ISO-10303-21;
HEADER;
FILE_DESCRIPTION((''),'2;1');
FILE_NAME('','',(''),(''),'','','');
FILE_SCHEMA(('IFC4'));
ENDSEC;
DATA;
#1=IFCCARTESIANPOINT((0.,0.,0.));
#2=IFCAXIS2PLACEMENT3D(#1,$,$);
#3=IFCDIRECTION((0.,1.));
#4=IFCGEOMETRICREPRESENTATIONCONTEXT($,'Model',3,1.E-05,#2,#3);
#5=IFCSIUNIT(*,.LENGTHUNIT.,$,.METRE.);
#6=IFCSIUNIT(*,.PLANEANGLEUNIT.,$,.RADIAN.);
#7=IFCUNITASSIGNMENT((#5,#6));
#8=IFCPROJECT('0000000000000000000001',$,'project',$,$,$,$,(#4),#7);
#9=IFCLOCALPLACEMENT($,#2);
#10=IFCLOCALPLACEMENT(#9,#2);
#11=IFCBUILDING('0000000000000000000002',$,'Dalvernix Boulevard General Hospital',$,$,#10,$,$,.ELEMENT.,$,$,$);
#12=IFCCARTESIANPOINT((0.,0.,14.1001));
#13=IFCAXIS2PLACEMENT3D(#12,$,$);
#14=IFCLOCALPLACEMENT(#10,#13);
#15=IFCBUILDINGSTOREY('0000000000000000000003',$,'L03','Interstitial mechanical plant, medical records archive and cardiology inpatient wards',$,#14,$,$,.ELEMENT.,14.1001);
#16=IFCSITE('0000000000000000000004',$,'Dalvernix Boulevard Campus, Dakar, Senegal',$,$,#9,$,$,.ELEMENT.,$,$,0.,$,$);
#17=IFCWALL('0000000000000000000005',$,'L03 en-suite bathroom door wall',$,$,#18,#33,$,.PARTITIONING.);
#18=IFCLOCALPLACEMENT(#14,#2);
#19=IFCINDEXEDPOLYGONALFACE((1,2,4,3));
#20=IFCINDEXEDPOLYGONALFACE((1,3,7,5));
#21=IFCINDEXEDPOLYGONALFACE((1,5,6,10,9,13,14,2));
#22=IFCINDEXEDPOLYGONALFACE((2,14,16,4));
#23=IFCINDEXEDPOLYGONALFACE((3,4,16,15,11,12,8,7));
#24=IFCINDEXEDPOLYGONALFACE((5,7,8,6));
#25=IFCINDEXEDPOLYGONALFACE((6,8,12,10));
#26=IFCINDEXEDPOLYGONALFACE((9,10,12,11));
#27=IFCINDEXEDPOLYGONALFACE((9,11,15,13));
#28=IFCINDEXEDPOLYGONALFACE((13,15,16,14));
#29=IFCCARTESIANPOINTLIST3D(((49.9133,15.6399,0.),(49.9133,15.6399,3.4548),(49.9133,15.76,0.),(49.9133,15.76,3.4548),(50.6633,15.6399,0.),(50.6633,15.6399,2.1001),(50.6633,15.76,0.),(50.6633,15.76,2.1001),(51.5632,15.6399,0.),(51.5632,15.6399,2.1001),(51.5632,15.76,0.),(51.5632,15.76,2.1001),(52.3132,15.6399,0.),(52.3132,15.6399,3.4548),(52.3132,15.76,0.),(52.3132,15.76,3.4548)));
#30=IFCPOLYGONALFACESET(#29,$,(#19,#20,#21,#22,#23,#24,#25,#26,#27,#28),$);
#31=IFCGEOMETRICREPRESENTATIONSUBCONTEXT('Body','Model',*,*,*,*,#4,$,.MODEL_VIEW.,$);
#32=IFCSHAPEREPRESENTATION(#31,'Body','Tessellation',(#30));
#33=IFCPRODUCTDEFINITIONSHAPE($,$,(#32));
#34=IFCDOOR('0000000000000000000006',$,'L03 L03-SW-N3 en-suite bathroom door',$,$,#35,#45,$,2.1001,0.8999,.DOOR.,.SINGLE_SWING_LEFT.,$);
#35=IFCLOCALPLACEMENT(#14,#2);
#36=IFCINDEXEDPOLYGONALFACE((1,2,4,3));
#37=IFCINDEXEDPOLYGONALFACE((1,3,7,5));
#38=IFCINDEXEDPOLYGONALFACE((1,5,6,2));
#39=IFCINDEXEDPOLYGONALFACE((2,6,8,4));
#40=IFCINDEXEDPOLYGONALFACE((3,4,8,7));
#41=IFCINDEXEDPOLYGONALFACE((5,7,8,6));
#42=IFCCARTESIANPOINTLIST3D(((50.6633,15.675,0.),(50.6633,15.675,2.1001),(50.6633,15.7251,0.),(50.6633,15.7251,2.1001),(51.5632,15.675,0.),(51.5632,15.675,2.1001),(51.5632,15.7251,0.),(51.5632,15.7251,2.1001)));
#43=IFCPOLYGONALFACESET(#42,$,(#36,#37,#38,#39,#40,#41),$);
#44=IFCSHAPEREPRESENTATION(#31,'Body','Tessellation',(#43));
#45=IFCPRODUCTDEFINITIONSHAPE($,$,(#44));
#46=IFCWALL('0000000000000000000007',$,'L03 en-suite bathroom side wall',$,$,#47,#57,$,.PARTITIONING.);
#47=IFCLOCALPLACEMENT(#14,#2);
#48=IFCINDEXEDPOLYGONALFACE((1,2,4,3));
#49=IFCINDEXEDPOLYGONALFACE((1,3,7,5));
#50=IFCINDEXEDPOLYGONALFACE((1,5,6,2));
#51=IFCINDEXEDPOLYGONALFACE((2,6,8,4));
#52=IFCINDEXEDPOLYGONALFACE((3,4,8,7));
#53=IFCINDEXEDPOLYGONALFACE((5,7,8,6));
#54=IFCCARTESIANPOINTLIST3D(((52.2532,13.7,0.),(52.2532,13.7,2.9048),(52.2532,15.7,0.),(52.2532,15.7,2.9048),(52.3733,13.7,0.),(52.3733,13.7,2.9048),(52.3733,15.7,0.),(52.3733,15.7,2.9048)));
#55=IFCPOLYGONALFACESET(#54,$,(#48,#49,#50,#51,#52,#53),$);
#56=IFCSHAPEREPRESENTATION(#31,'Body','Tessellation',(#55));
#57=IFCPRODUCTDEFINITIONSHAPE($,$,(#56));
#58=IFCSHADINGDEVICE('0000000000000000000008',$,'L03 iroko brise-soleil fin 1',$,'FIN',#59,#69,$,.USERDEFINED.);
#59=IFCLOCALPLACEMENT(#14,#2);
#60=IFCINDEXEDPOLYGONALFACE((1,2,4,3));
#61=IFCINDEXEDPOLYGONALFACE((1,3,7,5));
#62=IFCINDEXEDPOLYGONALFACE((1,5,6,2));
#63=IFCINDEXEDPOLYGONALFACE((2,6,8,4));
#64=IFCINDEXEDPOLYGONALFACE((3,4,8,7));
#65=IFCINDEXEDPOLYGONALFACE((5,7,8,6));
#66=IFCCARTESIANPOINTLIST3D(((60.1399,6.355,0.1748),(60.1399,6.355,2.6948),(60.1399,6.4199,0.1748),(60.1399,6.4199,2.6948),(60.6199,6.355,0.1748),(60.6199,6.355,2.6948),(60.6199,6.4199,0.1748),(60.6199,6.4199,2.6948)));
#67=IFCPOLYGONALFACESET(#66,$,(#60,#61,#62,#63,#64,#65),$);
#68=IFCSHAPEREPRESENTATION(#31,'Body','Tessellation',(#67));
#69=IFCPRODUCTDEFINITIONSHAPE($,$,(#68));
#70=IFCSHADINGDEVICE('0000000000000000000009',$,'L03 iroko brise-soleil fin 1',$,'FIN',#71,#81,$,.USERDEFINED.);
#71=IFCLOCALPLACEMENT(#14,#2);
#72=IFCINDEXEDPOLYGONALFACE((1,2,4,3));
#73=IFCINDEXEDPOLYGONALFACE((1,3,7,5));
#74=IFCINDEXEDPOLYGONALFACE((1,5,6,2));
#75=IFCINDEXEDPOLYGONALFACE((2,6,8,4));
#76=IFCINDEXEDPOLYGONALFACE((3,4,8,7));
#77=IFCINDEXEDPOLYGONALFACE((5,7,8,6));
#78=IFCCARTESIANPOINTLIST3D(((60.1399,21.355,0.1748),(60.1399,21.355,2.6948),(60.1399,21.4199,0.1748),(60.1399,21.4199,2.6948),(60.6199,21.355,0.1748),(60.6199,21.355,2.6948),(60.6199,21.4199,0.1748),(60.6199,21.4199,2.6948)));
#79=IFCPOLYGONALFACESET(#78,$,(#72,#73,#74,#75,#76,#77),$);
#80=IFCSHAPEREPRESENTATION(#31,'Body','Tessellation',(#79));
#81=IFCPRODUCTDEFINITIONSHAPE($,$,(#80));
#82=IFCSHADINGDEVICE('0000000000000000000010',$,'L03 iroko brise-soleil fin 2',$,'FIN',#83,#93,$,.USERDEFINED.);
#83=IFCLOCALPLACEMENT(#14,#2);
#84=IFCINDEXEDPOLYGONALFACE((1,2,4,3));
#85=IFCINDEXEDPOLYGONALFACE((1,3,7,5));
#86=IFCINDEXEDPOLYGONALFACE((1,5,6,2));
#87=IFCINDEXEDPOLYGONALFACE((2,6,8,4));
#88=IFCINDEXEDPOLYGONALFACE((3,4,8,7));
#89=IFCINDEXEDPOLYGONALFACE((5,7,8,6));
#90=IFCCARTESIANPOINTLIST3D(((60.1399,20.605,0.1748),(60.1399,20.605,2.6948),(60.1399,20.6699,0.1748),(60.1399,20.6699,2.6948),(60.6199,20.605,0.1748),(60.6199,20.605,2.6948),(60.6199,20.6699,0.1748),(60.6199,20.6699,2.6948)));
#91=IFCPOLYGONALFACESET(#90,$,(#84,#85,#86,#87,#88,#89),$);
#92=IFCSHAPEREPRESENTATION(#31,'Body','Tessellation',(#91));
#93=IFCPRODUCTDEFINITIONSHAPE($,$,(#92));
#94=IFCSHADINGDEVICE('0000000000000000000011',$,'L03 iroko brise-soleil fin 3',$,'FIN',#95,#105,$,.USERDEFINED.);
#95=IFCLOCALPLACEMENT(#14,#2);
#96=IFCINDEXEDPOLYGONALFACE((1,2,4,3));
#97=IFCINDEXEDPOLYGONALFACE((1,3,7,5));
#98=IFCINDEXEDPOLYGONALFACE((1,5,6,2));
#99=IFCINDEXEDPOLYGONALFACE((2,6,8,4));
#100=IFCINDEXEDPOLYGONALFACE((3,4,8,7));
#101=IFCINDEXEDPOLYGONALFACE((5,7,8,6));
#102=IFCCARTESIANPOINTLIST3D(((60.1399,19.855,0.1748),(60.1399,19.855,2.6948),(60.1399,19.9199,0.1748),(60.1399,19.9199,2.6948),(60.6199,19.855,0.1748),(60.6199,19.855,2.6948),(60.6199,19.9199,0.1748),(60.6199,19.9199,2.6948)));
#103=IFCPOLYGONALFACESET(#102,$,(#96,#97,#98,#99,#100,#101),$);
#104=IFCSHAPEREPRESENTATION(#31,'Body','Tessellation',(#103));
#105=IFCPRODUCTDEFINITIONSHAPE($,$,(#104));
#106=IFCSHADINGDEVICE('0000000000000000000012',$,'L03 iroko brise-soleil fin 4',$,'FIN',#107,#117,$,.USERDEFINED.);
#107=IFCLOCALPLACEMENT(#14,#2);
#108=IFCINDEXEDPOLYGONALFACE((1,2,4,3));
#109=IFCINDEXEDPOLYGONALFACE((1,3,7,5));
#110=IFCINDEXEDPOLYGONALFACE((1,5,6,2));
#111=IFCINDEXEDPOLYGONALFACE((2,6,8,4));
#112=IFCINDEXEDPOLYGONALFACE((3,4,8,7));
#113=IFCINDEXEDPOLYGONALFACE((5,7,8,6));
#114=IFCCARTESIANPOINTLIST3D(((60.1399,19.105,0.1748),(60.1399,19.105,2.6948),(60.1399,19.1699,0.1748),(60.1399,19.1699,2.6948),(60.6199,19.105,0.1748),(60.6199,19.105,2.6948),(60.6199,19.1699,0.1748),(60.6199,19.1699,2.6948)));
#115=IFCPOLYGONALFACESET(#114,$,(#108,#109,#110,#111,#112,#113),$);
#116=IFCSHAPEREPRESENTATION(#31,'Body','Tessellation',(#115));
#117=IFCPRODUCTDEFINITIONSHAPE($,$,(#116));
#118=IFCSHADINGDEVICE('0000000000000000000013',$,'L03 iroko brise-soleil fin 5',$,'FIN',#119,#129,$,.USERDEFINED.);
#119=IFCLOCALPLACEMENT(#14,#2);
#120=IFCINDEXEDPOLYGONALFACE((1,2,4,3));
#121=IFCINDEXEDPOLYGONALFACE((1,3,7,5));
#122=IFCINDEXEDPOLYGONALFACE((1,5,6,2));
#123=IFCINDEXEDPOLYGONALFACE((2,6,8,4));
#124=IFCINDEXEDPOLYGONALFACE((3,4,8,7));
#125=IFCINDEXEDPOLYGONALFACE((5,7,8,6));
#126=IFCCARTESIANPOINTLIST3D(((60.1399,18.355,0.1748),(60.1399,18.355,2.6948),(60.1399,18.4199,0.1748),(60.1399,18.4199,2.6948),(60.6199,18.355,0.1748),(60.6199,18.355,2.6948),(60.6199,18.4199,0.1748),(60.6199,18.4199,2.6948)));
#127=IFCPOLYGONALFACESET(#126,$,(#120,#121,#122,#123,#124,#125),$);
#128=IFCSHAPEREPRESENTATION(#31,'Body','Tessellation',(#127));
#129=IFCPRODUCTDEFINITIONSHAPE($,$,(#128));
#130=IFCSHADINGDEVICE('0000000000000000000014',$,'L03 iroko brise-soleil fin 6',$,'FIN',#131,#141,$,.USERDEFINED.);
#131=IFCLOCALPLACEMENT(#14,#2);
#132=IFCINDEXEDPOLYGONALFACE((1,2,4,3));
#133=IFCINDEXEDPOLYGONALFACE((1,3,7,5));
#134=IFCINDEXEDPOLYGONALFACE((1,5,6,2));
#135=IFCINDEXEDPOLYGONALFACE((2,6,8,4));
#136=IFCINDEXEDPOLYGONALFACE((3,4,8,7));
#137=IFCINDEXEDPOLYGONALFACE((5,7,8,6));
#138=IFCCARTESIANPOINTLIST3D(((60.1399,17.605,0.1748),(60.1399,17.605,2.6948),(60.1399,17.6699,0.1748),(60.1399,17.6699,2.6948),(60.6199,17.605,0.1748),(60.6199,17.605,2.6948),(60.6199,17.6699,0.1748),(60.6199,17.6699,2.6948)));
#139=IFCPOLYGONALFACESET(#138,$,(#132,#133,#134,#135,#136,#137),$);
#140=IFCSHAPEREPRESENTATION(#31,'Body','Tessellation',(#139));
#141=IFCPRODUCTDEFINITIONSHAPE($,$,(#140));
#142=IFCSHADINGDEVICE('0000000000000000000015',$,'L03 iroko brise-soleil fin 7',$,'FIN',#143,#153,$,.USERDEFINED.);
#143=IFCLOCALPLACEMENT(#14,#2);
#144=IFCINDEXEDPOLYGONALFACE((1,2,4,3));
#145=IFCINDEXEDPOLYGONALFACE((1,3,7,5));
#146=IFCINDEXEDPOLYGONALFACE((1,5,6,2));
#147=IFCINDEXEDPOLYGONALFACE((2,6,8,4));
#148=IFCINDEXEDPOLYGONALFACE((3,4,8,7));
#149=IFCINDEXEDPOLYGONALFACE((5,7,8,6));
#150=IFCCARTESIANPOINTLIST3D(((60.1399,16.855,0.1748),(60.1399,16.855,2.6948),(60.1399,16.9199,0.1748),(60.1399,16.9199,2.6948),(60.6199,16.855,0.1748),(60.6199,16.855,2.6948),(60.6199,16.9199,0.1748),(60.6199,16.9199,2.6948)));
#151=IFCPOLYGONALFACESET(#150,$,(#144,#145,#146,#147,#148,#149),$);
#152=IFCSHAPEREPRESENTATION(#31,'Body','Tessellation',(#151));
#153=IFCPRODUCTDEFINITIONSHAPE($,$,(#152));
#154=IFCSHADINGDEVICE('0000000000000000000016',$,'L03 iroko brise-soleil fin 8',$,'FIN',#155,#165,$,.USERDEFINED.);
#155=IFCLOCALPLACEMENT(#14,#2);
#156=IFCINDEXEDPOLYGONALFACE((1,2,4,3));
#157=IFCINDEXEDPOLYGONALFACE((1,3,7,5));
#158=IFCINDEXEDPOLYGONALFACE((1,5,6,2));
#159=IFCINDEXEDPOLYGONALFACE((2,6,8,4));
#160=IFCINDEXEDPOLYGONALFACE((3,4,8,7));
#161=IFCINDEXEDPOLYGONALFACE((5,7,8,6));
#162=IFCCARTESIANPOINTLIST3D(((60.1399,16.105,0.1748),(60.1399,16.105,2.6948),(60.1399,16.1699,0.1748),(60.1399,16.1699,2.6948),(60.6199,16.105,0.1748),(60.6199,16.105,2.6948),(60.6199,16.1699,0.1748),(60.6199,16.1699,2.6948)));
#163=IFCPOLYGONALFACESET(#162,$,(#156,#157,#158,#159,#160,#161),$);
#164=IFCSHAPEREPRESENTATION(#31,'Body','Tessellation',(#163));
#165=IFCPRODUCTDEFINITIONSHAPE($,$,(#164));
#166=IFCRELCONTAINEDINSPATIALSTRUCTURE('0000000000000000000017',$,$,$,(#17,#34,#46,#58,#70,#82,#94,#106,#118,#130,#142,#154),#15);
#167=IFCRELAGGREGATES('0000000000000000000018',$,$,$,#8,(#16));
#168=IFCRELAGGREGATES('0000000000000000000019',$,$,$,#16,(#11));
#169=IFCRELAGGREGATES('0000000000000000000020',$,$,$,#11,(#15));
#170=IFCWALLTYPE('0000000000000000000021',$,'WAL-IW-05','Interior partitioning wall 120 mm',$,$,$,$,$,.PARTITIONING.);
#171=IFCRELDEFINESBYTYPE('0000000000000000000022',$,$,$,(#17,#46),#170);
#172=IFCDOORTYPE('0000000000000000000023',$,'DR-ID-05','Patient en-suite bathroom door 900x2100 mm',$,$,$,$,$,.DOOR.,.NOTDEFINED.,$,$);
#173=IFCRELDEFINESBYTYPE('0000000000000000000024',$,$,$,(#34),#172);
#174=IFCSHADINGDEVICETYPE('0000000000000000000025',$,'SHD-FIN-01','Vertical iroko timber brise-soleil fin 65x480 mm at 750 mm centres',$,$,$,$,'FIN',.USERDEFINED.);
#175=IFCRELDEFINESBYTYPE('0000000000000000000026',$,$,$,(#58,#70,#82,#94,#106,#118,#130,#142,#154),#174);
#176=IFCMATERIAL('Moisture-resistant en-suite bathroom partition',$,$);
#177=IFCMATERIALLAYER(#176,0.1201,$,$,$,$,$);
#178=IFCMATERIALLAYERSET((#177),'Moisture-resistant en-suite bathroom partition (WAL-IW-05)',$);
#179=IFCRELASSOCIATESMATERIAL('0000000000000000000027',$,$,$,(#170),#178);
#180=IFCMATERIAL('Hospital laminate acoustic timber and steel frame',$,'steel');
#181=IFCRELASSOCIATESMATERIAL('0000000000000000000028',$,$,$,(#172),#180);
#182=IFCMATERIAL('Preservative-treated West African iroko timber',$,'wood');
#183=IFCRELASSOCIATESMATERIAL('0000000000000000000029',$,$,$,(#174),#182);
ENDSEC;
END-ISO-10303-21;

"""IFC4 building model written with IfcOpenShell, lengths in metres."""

from ifc_helpers import new_model, si_unit, direction, frame, frame_2d, origin, origin_2d, place, context, subcontext, project, spatial, rectangle, extrude, material, layer, layer_set, type_object, element, fill, save


model = new_model("IFC4")

# Units and contexts
model_context = context("Model", 3, precision=1e-05, world=origin(), true_north=direction((0.0, 1.0)))
body_context = subcontext(model_context, "Body", "Model", "MODEL_VIEW")
ifc_project = project(units=[si_unit("LENGTHUNIT", "METRE"), si_unit("PLANEANGLEUNIT", "RADIAN")], contexts=[model_context])

# Site, building, storey
site_placement = place(None, origin())
site = spatial("IfcSite", under=ifc_project, at=site_placement, Name="Dalvernix Boulevard Campus, Dakar, Senegal", CompositionType="ELEMENT", RefElevation=0.0)
building_placement = place(site_placement, origin())
building = spatial("IfcBuilding", under=site, at=building_placement, Name="Dalvernix Boulevard General Hospital", CompositionType="ELEMENT")
storey_placement = place(building_placement, frame((0.0, 0.0, 14.1001)))
storey = spatial("IfcBuildingStorey", under=building, at=storey_placement, Name="L03", Description="Interstitial mechanical plant, medical records archive and cardiology inpatient wards", CompositionType="ELEMENT", Elevation=14.1001)

# Shared definitions
ifc_material_1 = material(Name="Hospital laminate acoustic timber and steel frame", Category="steel")

# Shared definitions
ifc_material_2 = material(Name="Moisture-resistant en-suite bathroom partition")
ifc_layer_1 = layer(ifc_material_2, 0.1201)
ifc_layer_set_1 = layer_set([ifc_layer_1], Name="Moisture-resistant en-suite bathroom partition (WAL-IW-05)")
wall_type_1 = type_object("IfcWallType", Name="WAL-IW-05", Description="Interior partitioning wall 120 mm", PredefinedType="PARTITIONING", material=ifc_layer_set_1)

# Wall, opening, door
wall_1_placement = place(storey_placement, frame((52.3132, 15.7, 0.0), z_axis=(0.0, 0.0, 1.0), x_axis=(-1.0, 0.0, 0.0)))
wall_1 = element("IfcWall", 1, at=wall_1_placement, inside=storey, type_object=wall_type_1, Name="L03 en-suite bathroom door wall", PredefinedType="PARTITIONING", context=body_context, shape_type="SweptSolid", body=[
    extrude(rectangle(XDim=2.3999, YDim=0.1201, at=frame_2d((1.2, 0.0))), origin(), (0.0, 0.0, 1.0), 3.4548),
])
opening_1_placement = place(wall_1_placement, frame((0.75, 0.0, 0.0)))
opening_1 = element("IfcOpeningElement", 2, at=opening_1_placement, cuts=wall_1, PredefinedType="OPENING", context=body_context, shape_type="SweptSolid", body=[
    extrude(rectangle(XDim=0.8999, YDim=2.1001, at=frame_2d((0.45, 1.05))), frame((0.0, 0.0701, 0.0), z_axis=(0.0, -1.0, 0.0), x_axis=(1.0, 0.0, 0.0)), (0.0, 0.0, 1.0), 0.1401),
])
door_type_1 = type_object("IfcDoorType", Name="DR-ID-05", Description="Patient en-suite bathroom door 900x2100 mm", OperationType="NOTDEFINED", PredefinedType="DOOR", material=ifc_material_1)
door_1_placement = place(opening_1_placement, origin())
door_1 = element("IfcDoor", 3, at=door_1_placement, inside=storey, type_object=door_type_1, Name="L03 L03-SW-N3 en-suite bathroom door", OperationType="SINGLE_SWING_LEFT", OverallHeight=2.1001, OverallWidth=0.8999, PredefinedType="DOOR", context=body_context, shape_type="SweptSolid", body=[
    extrude(rectangle(XDim=0.8999, YDim=2.1001, at=frame_2d((0.45, 1.05))), frame((0.0, 0.0249, 0.0), z_axis=(0.0, -1.0, 0.0), x_axis=(1.0, 0.0, 0.0)), (0.0, 0.0, 1.0), 0.05),
])
fill(opening_1, door_1)

# Wall
wall_2_placement = place(storey_placement, frame((52.3132, 13.7, 0.0), z_axis=(0.0, 0.0, 1.0), x_axis=(0.0, 1.0, 0.0)))
element("IfcWall", 4, at=wall_2_placement, inside=storey, type_object=wall_type_1, Name="L03 en-suite bathroom side wall", PredefinedType="PARTITIONING", context=body_context, shape_type="SweptSolid", body=[
    extrude(rectangle(XDim=2.0, YDim=0.1201, at=frame_2d((1.0, 0.0))), origin(), (0.0, 0.0, 1.0), 2.9048),
])

# Shading devices
ifc_material_3 = material(Name="Preservative-treated West African iroko timber", Category="wood")
shading_device_type = type_object("IfcShadingDeviceType", Name="SHD-FIN-01", Description="Vertical iroko timber brise-soleil fin 65x480 mm at 750 mm centres", ElementType="FIN", PredefinedType="USERDEFINED", material=ifc_material_3)
for number, where, z_axis, x_axis, name in (
    (5, (60.3799, 6.3875, 0.1748), (0.0, 0.0, 1.0), (0.0, -1.0, 0.0), "L03 iroko brise-soleil fin 1"),
    (6, (60.3799, 21.3875, 0.1748), (0.0, 0.0, 1.0), (0.0, -1.0, 0.0), "L03 iroko brise-soleil fin 1"),
    (7, (60.3799, 20.6375, 0.1748), (0.0, 0.0, 1.0), (0.0, -1.0, 0.0), "L03 iroko brise-soleil fin 2"),
    (8, (60.3799, 19.8875, 0.1748), (0.0, 0.0, 1.0), (0.0, -1.0, 0.0), "L03 iroko brise-soleil fin 3"),
    (9, (60.3799, 19.1375, 0.1748), (0.0, 0.0, 1.0), (0.0, -1.0, 0.0), "L03 iroko brise-soleil fin 4"),
    (10, (60.3799, 18.3875, 0.1748), (0.0, 0.0, 1.0), (0.0, -1.0, 0.0), "L03 iroko brise-soleil fin 5"),
    (11, (60.3799, 17.6375, 0.1748), (0.0, 0.0, 1.0), (0.0, -1.0, 0.0), "L03 iroko brise-soleil fin 6"),
    (12, (60.3799, 16.8875, 0.1748), (0.0, 0.0, 1.0), (0.0, -1.0, 0.0), "L03 iroko brise-soleil fin 7"),
    (13, (60.3799, 16.1375, 0.1748), (0.0, 0.0, 1.0), (0.0, -1.0, 0.0), "L03 iroko brise-soleil fin 8"),
):
    element("IfcShadingDevice", number, at=place(storey_placement, frame(where, z_axis=z_axis, x_axis=x_axis)), inside=storey, type_object=shading_device_type, Name=name, ObjectType="FIN", PredefinedType="USERDEFINED", context=body_context, shape_type="SweptSolid", body=[
        extrude(rectangle(XDim=0.0649, YDim=0.48, at=origin_2d()), origin(), (0.0, 0.0, 1.0), 2.52),
    ])

save(model, "model.ifc")
